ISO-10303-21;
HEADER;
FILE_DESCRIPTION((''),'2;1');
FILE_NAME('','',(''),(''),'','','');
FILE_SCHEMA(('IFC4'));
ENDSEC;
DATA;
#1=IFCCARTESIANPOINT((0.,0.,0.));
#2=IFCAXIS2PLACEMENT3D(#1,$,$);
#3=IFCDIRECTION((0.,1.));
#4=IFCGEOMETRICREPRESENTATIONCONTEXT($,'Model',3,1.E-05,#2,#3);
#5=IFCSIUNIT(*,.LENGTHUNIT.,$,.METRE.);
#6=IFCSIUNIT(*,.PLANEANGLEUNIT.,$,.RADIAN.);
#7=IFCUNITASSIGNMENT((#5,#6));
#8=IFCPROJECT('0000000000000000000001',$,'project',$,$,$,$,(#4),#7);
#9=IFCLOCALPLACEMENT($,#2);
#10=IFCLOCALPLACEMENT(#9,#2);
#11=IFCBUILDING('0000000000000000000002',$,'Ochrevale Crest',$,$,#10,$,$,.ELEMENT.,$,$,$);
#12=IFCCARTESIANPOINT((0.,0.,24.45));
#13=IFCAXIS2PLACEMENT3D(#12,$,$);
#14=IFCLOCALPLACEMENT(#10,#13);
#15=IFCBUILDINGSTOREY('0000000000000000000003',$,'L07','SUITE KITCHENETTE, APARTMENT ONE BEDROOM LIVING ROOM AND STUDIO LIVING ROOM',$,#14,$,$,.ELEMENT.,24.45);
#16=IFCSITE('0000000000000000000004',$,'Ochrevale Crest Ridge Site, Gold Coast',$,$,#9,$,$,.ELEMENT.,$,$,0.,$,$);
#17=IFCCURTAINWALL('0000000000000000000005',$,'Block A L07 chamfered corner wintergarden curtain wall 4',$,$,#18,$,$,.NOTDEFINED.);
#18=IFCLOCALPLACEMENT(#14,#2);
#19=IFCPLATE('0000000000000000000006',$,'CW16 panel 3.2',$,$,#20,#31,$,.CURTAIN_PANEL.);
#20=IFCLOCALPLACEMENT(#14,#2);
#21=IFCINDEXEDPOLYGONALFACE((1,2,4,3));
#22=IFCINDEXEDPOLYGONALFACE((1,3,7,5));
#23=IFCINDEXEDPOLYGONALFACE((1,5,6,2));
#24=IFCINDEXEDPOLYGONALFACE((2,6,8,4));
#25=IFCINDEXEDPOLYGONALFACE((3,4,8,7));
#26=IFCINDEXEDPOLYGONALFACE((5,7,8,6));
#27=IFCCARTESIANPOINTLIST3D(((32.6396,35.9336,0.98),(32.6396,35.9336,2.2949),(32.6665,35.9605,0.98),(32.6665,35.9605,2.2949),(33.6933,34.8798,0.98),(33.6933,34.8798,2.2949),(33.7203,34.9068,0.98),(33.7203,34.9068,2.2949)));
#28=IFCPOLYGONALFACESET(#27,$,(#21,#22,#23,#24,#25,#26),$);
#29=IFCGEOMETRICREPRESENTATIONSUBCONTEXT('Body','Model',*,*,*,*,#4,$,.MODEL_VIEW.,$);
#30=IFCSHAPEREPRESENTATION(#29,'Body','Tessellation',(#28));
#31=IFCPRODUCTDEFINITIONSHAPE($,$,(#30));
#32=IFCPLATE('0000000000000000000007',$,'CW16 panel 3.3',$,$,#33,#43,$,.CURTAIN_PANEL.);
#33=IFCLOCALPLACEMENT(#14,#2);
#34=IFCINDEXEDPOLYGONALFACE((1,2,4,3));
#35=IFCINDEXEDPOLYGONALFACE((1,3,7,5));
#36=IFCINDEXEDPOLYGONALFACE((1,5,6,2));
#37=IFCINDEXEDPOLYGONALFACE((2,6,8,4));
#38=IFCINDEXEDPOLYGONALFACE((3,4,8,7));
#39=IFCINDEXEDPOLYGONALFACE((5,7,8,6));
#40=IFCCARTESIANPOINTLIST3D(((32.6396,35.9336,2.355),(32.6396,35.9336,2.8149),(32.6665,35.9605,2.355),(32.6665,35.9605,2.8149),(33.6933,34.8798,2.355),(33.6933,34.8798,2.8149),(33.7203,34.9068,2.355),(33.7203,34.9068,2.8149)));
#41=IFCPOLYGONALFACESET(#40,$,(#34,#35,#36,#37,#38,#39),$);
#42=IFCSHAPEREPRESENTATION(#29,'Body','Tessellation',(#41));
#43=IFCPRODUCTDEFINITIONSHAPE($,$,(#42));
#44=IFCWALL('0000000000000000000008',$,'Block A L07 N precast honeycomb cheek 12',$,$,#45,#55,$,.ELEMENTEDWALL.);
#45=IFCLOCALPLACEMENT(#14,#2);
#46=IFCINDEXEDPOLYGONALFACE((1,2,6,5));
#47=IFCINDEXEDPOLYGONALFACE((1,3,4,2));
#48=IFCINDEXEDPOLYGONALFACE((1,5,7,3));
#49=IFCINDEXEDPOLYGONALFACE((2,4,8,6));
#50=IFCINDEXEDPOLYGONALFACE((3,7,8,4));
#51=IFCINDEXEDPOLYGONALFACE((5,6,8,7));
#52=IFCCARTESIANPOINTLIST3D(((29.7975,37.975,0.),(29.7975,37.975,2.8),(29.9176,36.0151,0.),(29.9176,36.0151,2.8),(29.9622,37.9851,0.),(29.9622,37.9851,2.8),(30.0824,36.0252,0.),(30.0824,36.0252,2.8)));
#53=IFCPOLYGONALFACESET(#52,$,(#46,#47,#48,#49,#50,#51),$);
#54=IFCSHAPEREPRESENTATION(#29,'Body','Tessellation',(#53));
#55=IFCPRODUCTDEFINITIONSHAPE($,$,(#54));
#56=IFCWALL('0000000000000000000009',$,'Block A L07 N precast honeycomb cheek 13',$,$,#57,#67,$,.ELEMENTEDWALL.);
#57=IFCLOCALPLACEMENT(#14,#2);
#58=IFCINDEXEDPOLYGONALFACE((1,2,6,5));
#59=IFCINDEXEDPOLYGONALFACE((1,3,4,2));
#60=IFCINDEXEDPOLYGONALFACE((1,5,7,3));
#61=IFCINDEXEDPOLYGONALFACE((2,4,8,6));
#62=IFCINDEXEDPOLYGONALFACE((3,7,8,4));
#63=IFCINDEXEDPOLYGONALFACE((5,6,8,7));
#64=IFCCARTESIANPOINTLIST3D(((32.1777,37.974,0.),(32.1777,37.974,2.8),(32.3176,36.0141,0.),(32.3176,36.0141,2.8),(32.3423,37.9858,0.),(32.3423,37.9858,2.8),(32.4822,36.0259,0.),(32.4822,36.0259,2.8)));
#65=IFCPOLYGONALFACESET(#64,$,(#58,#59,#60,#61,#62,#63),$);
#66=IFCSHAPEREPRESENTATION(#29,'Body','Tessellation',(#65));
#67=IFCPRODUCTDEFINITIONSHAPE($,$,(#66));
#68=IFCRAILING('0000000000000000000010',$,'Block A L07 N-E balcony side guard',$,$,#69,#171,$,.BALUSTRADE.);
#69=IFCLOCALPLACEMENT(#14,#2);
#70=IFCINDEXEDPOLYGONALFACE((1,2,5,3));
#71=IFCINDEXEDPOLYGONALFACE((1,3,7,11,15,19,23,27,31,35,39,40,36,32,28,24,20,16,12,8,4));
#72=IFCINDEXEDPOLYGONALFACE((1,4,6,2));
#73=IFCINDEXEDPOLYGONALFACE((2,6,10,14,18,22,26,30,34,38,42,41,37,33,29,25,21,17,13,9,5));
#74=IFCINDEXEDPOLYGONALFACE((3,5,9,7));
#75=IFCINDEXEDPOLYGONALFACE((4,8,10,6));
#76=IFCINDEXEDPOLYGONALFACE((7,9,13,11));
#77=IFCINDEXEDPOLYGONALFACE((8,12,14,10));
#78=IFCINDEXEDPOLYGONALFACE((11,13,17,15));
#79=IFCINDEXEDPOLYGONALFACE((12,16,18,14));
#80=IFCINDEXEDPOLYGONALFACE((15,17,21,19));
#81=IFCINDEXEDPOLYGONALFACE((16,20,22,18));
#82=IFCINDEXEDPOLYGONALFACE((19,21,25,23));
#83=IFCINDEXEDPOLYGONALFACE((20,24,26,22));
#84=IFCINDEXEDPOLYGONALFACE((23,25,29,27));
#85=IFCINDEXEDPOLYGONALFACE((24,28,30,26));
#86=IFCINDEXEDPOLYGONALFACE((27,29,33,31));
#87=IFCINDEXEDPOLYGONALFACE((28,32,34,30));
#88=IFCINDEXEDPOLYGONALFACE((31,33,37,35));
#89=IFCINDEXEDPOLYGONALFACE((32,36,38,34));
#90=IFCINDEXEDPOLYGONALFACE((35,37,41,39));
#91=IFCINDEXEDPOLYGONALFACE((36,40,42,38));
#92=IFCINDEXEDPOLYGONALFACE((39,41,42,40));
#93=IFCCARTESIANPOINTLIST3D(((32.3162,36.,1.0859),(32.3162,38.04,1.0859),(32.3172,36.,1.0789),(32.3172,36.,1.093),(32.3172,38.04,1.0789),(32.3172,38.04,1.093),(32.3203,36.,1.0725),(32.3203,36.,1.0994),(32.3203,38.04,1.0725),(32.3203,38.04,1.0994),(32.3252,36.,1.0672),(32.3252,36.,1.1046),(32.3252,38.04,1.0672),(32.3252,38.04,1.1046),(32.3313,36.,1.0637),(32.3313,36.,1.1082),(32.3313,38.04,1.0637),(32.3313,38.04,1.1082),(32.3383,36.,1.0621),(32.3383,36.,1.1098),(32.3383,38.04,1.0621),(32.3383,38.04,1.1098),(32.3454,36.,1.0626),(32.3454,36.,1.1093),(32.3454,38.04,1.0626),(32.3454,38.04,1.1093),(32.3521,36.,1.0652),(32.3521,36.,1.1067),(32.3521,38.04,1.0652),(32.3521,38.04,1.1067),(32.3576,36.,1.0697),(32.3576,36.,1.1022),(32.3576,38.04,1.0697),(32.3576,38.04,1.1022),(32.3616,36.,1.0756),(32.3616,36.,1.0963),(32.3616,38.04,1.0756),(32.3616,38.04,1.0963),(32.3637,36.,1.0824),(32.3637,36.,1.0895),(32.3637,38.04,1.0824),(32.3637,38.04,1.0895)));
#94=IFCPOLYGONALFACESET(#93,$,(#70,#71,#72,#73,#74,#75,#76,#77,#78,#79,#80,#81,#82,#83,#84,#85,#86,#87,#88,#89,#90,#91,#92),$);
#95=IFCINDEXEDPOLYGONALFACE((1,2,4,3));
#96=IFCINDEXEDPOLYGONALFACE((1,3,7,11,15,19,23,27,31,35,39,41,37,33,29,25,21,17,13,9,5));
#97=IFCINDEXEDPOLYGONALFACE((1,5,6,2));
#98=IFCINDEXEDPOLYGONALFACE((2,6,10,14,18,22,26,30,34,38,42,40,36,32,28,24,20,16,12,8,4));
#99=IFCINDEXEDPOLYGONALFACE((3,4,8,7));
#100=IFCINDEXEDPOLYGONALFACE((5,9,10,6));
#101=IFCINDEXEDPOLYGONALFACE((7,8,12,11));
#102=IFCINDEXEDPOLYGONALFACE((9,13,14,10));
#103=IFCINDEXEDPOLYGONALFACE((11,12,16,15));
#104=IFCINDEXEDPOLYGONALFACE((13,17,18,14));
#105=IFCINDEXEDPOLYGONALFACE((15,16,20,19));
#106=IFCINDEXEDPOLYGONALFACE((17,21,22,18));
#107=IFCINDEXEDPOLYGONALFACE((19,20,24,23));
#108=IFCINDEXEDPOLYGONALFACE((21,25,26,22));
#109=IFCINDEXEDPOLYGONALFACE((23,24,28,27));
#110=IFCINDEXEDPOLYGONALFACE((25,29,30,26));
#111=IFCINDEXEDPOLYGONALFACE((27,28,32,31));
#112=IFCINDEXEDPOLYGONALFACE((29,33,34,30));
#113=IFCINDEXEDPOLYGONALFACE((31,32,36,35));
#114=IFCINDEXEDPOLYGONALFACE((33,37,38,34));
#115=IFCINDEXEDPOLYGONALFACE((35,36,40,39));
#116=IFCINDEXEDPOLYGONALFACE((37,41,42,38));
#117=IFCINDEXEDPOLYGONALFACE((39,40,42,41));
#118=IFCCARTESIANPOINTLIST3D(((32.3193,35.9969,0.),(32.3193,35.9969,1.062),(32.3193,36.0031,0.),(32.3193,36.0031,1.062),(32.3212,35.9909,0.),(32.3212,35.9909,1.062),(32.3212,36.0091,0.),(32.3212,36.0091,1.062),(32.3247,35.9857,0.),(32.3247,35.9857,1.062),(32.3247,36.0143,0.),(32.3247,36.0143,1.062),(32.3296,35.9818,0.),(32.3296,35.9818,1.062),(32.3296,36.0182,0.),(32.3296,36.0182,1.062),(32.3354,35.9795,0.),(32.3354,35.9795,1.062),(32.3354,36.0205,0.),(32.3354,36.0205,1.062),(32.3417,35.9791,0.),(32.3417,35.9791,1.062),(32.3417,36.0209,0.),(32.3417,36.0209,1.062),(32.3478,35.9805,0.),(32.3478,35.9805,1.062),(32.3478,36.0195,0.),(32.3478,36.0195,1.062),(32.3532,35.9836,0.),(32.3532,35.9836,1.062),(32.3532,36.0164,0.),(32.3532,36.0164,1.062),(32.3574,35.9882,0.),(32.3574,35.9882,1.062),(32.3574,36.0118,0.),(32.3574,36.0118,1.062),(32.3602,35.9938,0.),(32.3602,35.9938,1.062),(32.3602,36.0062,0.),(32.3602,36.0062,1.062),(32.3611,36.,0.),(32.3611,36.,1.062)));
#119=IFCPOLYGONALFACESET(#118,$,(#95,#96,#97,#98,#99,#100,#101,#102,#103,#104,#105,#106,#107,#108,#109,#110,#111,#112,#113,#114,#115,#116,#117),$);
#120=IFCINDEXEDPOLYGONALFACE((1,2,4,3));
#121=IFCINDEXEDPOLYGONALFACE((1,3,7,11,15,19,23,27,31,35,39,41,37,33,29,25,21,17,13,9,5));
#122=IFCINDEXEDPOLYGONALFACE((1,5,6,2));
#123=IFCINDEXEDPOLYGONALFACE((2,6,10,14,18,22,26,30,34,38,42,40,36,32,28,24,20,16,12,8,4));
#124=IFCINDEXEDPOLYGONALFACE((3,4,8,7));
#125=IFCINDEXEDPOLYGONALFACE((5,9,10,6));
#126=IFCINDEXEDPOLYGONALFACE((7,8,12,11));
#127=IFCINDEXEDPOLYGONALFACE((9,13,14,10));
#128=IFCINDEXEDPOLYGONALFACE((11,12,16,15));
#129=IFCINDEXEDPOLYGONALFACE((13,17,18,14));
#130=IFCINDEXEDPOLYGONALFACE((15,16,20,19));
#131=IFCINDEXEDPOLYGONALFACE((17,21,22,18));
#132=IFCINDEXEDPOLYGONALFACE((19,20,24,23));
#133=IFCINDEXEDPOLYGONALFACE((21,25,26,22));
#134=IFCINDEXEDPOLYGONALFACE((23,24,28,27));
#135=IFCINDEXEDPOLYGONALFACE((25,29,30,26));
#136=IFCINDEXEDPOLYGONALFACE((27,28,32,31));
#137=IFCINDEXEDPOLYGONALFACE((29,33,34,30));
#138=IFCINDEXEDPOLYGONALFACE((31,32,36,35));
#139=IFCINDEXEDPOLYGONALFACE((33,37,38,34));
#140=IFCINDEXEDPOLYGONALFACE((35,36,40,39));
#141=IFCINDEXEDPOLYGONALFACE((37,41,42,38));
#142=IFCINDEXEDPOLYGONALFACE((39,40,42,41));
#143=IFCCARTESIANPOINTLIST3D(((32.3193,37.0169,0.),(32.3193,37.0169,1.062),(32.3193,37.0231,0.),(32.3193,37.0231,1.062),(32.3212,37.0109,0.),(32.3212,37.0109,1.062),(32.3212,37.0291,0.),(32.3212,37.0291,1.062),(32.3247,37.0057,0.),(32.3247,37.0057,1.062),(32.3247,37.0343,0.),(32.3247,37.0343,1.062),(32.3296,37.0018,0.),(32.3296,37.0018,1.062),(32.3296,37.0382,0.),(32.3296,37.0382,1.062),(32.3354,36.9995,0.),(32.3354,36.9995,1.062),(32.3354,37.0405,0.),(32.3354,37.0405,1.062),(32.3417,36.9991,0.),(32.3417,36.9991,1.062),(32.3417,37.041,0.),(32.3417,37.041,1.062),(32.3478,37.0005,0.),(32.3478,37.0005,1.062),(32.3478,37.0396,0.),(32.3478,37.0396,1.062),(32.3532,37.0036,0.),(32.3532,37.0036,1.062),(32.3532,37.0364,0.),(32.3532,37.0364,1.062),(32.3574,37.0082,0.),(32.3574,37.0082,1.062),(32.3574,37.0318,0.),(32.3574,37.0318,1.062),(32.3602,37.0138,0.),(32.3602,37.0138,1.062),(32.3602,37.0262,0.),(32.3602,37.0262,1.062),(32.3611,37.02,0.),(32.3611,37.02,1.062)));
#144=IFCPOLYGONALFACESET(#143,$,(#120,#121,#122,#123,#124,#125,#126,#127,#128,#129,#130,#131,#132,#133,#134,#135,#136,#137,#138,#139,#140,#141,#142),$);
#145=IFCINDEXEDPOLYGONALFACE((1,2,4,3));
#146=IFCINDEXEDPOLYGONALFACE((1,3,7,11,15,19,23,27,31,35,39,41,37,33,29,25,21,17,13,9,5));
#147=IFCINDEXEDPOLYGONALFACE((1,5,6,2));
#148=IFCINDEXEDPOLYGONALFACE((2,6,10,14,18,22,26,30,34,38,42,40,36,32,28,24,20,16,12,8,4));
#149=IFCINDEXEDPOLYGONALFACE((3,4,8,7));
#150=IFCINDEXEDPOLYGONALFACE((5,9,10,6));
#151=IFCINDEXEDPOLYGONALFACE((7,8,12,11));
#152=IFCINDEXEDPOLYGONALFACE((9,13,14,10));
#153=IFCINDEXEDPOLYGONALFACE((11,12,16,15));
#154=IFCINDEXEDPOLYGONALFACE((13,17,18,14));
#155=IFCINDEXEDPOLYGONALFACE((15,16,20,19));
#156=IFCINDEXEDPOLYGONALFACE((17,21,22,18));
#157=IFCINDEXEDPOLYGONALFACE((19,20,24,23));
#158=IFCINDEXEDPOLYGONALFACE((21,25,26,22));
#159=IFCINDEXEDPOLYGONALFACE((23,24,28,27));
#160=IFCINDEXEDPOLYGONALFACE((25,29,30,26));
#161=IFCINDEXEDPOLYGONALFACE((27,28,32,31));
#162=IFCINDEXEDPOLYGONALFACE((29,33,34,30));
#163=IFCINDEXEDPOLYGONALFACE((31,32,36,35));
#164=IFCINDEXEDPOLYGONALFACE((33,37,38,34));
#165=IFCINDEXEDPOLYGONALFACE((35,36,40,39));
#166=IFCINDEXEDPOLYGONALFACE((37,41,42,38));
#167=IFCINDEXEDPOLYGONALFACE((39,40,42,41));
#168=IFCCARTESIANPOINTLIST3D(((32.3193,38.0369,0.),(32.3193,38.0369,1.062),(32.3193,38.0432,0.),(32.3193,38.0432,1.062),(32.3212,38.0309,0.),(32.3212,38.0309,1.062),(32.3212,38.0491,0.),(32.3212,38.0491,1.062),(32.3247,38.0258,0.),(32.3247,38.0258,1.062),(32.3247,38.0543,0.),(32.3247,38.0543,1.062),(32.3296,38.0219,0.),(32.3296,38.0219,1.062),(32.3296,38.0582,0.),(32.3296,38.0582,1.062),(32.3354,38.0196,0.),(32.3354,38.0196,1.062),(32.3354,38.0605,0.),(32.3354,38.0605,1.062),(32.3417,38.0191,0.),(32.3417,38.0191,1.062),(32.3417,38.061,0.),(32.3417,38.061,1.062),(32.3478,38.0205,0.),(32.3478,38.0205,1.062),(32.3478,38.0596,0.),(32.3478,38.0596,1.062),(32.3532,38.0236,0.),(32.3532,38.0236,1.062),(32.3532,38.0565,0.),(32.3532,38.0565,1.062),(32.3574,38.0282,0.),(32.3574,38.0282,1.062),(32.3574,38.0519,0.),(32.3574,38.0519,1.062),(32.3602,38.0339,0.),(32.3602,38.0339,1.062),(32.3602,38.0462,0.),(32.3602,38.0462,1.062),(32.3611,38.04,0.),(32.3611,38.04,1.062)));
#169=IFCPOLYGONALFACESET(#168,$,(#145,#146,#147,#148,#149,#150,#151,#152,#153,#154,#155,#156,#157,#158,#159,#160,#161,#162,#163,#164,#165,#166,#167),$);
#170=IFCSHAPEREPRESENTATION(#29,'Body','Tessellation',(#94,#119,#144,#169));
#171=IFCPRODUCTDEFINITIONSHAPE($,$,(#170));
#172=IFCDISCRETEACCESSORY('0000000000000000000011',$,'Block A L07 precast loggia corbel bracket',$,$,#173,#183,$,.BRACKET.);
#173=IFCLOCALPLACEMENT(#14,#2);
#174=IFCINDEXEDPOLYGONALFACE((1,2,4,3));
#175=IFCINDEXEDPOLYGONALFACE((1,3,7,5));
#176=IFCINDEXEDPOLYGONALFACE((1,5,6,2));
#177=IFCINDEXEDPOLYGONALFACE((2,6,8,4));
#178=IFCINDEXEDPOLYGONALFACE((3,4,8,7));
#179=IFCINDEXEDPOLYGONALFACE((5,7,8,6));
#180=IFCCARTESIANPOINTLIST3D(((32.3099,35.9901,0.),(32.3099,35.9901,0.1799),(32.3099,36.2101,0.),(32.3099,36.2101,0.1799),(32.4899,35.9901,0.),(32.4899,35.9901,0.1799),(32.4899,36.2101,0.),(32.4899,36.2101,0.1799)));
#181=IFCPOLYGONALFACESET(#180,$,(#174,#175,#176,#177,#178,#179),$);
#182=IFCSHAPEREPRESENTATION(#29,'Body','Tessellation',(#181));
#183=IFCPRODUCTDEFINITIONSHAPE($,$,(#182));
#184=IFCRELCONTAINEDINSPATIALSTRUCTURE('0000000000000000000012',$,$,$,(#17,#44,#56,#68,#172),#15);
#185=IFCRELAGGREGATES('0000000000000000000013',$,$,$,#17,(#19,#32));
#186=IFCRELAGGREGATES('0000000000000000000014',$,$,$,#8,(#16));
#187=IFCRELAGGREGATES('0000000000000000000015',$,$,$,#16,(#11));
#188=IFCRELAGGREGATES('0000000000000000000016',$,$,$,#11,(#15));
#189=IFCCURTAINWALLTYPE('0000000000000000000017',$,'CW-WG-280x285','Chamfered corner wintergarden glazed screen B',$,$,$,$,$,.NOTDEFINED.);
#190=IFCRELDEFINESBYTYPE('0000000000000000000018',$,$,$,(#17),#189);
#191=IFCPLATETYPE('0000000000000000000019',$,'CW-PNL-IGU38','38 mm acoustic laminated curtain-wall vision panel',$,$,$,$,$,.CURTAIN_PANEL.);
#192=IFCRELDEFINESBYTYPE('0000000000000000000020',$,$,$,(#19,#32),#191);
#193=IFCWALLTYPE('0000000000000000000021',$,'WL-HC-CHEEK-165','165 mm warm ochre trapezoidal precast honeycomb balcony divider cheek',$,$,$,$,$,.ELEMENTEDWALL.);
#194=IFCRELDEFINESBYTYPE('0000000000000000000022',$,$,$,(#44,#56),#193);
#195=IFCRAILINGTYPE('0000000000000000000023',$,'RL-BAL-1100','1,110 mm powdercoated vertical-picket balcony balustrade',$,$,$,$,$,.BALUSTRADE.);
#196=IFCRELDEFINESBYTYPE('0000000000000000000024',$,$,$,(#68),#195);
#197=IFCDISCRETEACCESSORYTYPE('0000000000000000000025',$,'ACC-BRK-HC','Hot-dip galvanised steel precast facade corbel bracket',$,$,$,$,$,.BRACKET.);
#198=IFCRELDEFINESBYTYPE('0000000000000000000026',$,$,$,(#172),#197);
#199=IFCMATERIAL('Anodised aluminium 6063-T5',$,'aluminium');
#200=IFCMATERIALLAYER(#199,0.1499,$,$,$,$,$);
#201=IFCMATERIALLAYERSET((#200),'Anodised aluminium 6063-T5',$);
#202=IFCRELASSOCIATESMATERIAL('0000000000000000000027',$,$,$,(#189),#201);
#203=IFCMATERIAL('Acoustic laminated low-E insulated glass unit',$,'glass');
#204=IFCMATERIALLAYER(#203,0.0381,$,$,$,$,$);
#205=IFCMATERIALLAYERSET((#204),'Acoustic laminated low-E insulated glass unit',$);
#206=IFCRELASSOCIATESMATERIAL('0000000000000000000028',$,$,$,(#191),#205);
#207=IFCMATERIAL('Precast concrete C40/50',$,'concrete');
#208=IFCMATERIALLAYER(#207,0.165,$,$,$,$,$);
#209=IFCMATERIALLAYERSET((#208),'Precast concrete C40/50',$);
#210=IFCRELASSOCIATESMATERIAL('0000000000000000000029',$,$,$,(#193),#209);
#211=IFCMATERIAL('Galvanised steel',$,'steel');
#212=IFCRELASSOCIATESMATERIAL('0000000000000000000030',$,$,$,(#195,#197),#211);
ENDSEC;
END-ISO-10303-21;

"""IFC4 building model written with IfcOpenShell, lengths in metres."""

from ifc_helpers import new_model, si_unit, direction, frame, frame_2d, origin, origin_2d, place, context, subcontext, project, spatial, rectangle, circle, extrude, material, layer, layer_set, type_object, element, aggregate, save


model = new_model("IFC4")

# Units and contexts
model_context = context("Model", 3, precision=1e-05, world=origin(), true_north=direction((0.0, 1.0)))
body_context = subcontext(model_context, "Body", "Model", "MODEL_VIEW")
ifc_project = project(units=[si_unit("LENGTHUNIT", "METRE"), si_unit("PLANEANGLEUNIT", "RADIAN")], contexts=[model_context])

# Site, building, storey
site_placement = place(None, origin())
site = spatial("IfcSite", under=ifc_project, at=site_placement, Name="Ochrevale Crest Ridge Site, Gold Coast", CompositionType="ELEMENT", RefElevation=0.0)
building_placement = place(site_placement, origin())
building = spatial("IfcBuilding", under=site, at=building_placement, Name="Ochrevale Crest", CompositionType="ELEMENT")
storey_placement = place(building_placement, frame((0.0, 0.0, 24.45)))
storey = spatial("IfcBuildingStorey", under=building, at=storey_placement, Name="L07", Description="SUITE KITCHENETTE, APARTMENT ONE BEDROOM LIVING ROOM AND STUDIO LIVING ROOM", CompositionType="ELEMENT", Elevation=24.45)

# Curtain wall, plates
ifc_material_1 = material(Name="Anodised aluminium 6063-T5", Category="aluminium")
ifc_layer_1 = layer(ifc_material_1, 0.1499)
ifc_layer_set_1 = layer_set([ifc_layer_1], Name="Anodised aluminium 6063-T5")
curtain_wall_type = type_object("IfcCurtainWallType", Name="CW-WG-280x285", Description="Chamfered corner wintergarden glazed screen B", PredefinedType="NOTDEFINED", material=ifc_layer_set_1)
curtain_wall_placement = place(storey_placement, origin())
curtain_wall = element("IfcCurtainWall", 1, at=curtain_wall_placement, inside=storey, type_object=curtain_wall_type, Name="Block A L07 chamfered corner wintergarden curtain wall 4", PredefinedType="NOTDEFINED")
ifc_material_2 = material(Name="Acoustic laminated low-E insulated glass unit", Category="glass")
ifc_layer_2 = layer(ifc_material_2, 0.0381)
ifc_layer_set_2 = layer_set([ifc_layer_2], Name="Acoustic laminated low-E insulated glass unit")
plate_type = type_object("IfcPlateType", Name="CW-PNL-IGU38", Description="38 mm acoustic laminated curtain-wall vision panel", PredefinedType="CURTAIN_PANEL", material=ifc_layer_set_2)
plate_1_placement = place(storey_placement, frame((33.1799, 35.4202, 0.98), z_axis=(0.0, 0.0, 1.0), x_axis=(-0.707107, 0.707107, 0.0)))
plate_1 = element("IfcPlate", 2, at=plate_1_placement, type_object=plate_type, Name="CW16 panel 3.2", PredefinedType="CURTAIN_PANEL", context=body_context, shape_type="SweptSolid", body=[
    extrude(rectangle(XDim=1.4902, YDim=0.0381, at=origin_2d()), origin(), (0.0, 0.0, 1.0), 1.3149),
])
plate_2_placement = place(storey_placement, frame((33.1799, 35.4202, 2.355), z_axis=(0.0, 0.0, 1.0), x_axis=(-0.707107, 0.707107, 0.0)))
plate_2 = element("IfcPlate", 3, at=plate_2_placement, type_object=plate_type, Name="CW16 panel 3.3", PredefinedType="CURTAIN_PANEL", context=body_context, shape_type="SweptSolid", body=[
    extrude(rectangle(XDim=1.4902, YDim=0.0381, at=origin_2d()), origin(), (0.0, 0.0, 1.0), 0.46),
])
aggregate(curtain_wall, [plate_1, plate_2])

# Shared definitions
ifc_material_3 = material(Name="Precast concrete C40/50", Category="concrete")

# Walls
ifc_layer_3 = layer(ifc_material_3, 0.165)
ifc_layer_set_3 = layer_set([ifc_layer_3], Name="Precast concrete C40/50")
wall_type_1 = type_object("IfcWallType", Name="WL-HC-CHEEK-165", Description="165 mm warm ochre trapezoidal precast honeycomb balcony divider cheek", PredefinedType="ELEMENTEDWALL", material=ifc_layer_set_3)
wall_1_placement = place(storey_placement, frame((30.0, 36.02, 0.0), z_axis=(0.0, 0.0, 1.0), x_axis=(-0.061171, 0.998127, 0.0)))
element("IfcWall", 4, at=wall_1_placement, inside=storey, type_object=wall_type_1, Name="Block A L07 N precast honeycomb cheek 12", PredefinedType="ELEMENTEDWALL", context=body_context, shape_type="SweptSolid", body=[
    extrude(rectangle(XDim=1.9636, YDim=0.165, at=frame_2d((0.9819, 0.0))), origin(), (0.0, 0.0, 1.0), 2.8),
])
wall_2_placement = place(storey_placement, frame((32.3999, 36.02, 0.0), z_axis=(0.0, 0.0, 1.0), x_axis=(-0.071194, 0.997462, 0.0)))
element("IfcWall", 5, at=wall_2_placement, inside=storey, type_object=wall_type_1, Name="Block A L07 N precast honeycomb cheek 13", PredefinedType="ELEMENTEDWALL", context=body_context, shape_type="SweptSolid", body=[
    extrude(rectangle(XDim=1.9648, YDim=0.165, at=frame_2d((0.9824, 0.0))), origin(), (0.0, 0.0, 1.0), 2.8),
])

# Railing
ifc_material_4 = material(Name="Galvanised steel", Category="steel")
railing_type = type_object("IfcRailingType", Name="RL-BAL-1100", Description="1,110 mm powdercoated vertical-picket balcony balustrade", PredefinedType="BALUSTRADE", material=ifc_material_4)
railing_placement = place(storey_placement, frame((32.3401, 36.0, 0.0)))
element("IfcRailing", 6, at=railing_placement, inside=storey, type_object=railing_type, Name="Block A L07 N-E balcony side guard", PredefinedType="BALUSTRADE", context=body_context, shape_type="SweptSolid", body=[
    extrude(circle(Radius=0.0239, at=origin_2d()), frame((0.0, 0.0, 1.0859), z_axis=(0.0, 1.0, 0.0), x_axis=(-1.0, 0.0, 0.0)), (0.0, 0.0, 1.0), 2.04),
    extrude(circle(Radius=0.021, at=origin_2d()), origin(), (0.0, 0.0, 1.0), 1.062),
    extrude(circle(Radius=0.021, at=origin_2d()), frame((0.0, 1.02, 0.0)), (0.0, 0.0, 1.0), 1.062),
    extrude(circle(Radius=0.021, at=origin_2d()), frame((0.0, 2.04, 0.0)), (0.0, 0.0, 1.0), 1.062),
])

# Discrete accessory
discrete_accessory_type = type_object("IfcDiscreteAccessoryType", Name="ACC-BRK-HC", Description="Hot-dip galvanised steel precast facade corbel bracket", PredefinedType="BRACKET", material=ifc_material_4)
discrete_accessory_placement = place(storey_placement, frame((32.3999, 36.1001, 0.0), z_axis=(0.0, 0.0, 1.0), x_axis=(1.0, 0.0, 0.0)))
element("IfcDiscreteAccessory", 7, at=discrete_accessory_placement, inside=storey, type_object=discrete_accessory_type, Name="Block A L07 precast loggia corbel bracket", PredefinedType="BRACKET", context=body_context, shape_type="SweptSolid", body=[
    extrude(rectangle(XDim=0.1799, YDim=0.22, at=origin_2d()), origin(), (0.0, 0.0, 1.0), 0.1799),
])

save(model, "model.ifc")
